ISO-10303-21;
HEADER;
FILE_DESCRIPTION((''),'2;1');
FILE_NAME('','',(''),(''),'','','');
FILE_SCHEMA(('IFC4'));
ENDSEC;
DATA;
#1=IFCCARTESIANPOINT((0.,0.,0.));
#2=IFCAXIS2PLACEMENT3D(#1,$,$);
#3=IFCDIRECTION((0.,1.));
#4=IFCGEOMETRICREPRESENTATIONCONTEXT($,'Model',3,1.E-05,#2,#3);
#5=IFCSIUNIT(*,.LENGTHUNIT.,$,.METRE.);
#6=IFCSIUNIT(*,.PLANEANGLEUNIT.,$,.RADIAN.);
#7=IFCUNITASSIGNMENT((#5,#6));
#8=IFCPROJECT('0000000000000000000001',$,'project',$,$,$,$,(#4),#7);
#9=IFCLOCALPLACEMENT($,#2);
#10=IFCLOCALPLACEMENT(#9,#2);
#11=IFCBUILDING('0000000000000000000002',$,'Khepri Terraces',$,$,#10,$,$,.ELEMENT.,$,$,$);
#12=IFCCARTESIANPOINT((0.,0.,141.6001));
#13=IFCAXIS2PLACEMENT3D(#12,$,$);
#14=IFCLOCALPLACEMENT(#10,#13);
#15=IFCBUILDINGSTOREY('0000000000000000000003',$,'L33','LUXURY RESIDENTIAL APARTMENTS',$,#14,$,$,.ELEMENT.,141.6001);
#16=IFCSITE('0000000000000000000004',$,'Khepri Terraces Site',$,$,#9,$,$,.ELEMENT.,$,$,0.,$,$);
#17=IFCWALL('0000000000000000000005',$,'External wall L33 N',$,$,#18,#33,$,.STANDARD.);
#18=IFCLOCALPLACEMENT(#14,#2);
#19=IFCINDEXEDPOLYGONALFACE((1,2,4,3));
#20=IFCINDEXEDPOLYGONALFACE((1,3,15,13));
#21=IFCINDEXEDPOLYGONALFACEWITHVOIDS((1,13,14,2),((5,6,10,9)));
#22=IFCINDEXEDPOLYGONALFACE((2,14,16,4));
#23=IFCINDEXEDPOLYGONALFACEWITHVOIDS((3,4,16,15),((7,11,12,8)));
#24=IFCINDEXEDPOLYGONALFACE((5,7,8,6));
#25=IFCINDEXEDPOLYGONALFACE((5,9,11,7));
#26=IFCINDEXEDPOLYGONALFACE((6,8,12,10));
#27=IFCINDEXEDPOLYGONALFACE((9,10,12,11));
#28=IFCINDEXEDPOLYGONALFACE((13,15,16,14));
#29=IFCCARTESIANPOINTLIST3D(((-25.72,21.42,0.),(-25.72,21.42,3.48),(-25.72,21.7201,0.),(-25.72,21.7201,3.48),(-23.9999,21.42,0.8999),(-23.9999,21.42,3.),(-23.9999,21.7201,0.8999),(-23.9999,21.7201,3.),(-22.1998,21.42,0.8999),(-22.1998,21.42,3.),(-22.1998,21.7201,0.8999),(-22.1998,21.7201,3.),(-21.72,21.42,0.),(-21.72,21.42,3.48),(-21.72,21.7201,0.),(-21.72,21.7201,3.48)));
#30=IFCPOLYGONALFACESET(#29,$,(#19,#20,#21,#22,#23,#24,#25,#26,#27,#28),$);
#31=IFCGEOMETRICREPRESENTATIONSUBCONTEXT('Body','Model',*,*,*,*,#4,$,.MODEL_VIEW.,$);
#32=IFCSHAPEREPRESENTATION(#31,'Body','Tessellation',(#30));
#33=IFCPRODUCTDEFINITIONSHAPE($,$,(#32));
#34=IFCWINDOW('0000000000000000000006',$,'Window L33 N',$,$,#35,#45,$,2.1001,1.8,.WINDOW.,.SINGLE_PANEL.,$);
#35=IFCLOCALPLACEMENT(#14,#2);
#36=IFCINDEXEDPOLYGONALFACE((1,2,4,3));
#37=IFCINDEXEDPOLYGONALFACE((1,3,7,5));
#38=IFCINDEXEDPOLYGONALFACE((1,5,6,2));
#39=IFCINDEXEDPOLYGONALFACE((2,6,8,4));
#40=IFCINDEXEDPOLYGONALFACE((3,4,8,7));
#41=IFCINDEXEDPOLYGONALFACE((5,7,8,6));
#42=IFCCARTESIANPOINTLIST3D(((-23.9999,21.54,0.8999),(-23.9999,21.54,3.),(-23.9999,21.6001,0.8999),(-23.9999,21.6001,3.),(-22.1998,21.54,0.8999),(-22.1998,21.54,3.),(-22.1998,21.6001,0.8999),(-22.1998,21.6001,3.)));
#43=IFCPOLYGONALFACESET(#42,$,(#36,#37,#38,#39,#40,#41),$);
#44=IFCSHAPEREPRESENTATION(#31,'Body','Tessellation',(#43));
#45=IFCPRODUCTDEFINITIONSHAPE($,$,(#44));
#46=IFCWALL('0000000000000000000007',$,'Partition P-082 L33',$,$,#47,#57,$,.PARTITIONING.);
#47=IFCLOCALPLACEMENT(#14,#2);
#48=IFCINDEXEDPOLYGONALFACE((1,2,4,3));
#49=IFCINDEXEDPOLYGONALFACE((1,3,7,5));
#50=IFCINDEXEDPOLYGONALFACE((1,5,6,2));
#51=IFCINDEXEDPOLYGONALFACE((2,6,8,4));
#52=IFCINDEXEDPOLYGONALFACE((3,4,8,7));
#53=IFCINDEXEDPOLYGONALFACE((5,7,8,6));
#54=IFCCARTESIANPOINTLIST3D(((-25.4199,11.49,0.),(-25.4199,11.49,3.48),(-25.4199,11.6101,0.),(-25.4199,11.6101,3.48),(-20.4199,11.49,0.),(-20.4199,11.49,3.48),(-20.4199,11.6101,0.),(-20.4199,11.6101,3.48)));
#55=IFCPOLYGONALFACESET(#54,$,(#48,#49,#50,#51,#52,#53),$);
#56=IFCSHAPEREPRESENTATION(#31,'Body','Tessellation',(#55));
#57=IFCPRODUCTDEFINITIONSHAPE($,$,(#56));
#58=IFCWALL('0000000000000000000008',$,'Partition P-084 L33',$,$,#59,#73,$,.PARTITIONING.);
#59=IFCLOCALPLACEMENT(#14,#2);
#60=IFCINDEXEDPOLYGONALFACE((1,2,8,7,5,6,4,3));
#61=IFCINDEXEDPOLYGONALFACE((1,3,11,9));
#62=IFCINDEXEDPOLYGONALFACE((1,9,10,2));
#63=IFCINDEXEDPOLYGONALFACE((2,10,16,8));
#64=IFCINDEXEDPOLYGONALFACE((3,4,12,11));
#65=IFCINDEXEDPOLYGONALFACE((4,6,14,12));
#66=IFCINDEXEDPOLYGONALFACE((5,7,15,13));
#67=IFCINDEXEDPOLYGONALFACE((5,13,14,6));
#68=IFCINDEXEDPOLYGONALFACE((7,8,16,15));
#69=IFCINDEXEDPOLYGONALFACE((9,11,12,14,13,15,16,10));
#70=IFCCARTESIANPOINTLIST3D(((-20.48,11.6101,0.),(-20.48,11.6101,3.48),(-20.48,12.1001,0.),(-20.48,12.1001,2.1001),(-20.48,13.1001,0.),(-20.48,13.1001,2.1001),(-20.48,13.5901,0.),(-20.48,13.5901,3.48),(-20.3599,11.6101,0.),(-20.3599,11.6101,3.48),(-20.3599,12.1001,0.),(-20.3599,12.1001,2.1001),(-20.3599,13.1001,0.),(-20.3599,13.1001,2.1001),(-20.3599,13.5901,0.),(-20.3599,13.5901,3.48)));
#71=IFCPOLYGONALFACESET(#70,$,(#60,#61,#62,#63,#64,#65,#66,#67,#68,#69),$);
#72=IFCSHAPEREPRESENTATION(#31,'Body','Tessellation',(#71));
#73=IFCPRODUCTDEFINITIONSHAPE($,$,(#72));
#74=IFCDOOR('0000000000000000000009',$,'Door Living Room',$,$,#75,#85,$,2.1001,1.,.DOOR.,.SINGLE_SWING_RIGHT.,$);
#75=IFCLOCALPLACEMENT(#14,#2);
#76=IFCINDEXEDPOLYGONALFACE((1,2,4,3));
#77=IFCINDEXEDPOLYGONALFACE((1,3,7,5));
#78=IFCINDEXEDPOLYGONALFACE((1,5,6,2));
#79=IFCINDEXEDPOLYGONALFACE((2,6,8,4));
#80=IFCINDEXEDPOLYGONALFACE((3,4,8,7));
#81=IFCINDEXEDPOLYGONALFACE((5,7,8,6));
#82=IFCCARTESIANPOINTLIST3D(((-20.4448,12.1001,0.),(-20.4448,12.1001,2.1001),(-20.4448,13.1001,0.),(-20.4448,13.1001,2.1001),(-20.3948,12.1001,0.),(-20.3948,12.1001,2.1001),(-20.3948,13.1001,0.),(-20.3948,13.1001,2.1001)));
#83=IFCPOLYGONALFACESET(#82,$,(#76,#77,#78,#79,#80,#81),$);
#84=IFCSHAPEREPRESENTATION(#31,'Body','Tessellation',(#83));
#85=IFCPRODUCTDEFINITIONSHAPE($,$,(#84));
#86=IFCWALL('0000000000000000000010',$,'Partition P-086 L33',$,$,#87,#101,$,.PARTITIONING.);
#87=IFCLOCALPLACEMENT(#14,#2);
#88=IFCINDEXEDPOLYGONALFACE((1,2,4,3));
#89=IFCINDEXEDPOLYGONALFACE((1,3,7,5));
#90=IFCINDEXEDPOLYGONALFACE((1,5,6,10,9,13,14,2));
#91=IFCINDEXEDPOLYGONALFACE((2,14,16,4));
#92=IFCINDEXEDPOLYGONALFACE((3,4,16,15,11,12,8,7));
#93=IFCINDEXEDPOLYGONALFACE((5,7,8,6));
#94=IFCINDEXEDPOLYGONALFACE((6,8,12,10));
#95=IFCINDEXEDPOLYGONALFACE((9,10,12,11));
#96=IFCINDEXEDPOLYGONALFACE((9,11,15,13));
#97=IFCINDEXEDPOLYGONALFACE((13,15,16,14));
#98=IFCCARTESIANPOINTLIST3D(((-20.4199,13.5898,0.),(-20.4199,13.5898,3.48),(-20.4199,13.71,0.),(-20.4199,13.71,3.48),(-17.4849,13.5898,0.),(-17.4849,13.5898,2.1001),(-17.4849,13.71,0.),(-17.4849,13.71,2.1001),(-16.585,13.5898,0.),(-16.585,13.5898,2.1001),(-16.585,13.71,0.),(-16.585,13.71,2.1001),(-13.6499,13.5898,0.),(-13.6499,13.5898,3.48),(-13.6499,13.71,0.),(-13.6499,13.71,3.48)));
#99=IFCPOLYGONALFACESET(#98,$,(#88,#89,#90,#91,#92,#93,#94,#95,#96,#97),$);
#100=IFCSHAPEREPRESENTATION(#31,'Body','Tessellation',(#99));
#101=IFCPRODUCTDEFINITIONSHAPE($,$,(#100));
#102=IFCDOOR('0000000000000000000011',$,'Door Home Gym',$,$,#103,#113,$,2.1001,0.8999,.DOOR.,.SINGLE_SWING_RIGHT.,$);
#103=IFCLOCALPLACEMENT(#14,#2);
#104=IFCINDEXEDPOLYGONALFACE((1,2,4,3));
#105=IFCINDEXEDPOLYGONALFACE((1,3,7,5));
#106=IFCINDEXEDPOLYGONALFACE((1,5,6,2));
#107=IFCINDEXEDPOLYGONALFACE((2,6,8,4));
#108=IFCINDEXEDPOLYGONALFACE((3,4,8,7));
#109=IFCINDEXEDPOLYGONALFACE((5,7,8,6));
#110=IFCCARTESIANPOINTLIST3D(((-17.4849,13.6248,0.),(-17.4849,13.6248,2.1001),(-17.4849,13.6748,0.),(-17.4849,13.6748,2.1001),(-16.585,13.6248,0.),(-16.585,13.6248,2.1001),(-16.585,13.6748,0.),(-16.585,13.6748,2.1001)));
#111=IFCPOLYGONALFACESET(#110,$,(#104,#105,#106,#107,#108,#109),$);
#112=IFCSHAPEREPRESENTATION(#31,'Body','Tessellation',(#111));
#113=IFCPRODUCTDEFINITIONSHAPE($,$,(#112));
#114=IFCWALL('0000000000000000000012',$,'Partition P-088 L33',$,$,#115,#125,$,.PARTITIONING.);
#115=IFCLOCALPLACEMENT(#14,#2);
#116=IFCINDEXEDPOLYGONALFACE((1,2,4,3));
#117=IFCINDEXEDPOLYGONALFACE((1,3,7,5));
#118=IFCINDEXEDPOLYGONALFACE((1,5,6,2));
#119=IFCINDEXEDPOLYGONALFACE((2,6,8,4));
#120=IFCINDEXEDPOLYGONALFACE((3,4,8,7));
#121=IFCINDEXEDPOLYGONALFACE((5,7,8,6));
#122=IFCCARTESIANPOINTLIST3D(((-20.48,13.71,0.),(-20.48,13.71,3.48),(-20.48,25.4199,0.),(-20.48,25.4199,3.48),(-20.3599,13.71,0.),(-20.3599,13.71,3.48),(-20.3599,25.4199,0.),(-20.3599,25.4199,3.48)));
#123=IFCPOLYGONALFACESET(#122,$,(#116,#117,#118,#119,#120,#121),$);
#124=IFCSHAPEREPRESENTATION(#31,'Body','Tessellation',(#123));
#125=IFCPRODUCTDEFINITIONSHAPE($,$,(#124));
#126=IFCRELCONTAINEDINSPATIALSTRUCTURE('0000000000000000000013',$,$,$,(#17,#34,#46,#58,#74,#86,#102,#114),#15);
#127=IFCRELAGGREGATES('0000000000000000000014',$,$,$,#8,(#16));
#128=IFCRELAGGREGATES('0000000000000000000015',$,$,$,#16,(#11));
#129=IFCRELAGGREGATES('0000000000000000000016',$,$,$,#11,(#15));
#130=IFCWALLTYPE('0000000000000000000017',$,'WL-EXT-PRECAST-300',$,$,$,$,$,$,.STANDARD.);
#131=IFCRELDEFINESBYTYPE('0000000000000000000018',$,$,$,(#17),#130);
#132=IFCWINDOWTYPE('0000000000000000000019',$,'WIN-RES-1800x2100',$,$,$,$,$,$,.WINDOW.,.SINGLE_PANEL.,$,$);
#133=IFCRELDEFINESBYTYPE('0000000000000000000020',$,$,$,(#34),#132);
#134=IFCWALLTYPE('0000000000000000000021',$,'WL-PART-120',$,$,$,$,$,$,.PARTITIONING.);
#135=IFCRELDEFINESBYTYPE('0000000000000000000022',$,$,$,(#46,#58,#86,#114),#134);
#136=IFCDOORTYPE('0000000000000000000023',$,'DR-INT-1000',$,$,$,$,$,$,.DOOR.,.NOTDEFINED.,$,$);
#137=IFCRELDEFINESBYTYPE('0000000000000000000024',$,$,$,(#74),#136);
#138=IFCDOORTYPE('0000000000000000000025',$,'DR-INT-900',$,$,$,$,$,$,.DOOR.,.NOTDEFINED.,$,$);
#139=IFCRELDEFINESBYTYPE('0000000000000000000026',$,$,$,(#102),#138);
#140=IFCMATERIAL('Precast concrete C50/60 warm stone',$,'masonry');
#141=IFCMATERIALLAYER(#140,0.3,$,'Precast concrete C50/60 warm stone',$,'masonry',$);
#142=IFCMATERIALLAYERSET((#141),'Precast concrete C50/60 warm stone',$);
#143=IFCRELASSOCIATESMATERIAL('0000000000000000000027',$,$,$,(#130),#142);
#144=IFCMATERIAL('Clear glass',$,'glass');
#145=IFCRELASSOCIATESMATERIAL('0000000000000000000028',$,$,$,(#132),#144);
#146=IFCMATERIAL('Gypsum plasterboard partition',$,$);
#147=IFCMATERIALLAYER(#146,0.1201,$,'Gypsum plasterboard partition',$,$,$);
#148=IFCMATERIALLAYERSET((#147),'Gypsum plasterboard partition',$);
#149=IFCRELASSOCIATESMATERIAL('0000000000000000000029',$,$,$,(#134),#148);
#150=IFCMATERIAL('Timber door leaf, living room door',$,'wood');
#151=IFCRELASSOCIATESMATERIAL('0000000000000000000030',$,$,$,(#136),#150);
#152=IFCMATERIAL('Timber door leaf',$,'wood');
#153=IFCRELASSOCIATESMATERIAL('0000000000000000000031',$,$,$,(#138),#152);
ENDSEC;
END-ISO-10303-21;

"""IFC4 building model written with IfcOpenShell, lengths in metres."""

from ifc_helpers import new_model, si_unit, direction, frame, frame_2d, origin, place, context, subcontext, project, spatial, rectangle, extrude, material, layer, layer_set, type_object, element, fill, save


model = new_model("IFC4")

# Units and contexts
model_context = context("Model", 3, precision=1e-05, world=origin(), true_north=direction((0.0, 1.0)))
body_context = subcontext(model_context, "Body", "Model", "MODEL_VIEW")
ifc_project = project(units=[si_unit("LENGTHUNIT", "METRE"), si_unit("PLANEANGLEUNIT", "RADIAN")], contexts=[model_context])

# Site, building, storey
site_placement = place(None, origin())
site = spatial("IfcSite", under=ifc_project, at=site_placement, Name="Khepri Terraces Site", CompositionType="ELEMENT", RefElevation=0.0)
building_placement = place(site_placement, origin())
building = spatial("IfcBuilding", under=site, at=building_placement, Name="Khepri Terraces", CompositionType="ELEMENT")
storey_placement = place(building_placement, frame((0.0, 0.0, 141.6001)))
storey = spatial("IfcBuildingStorey", under=building, at=storey_placement, Name="L33", Description="LUXURY RESIDENTIAL APARTMENTS", CompositionType="ELEMENT", Elevation=141.6001)

# Wall, opening, window
ifc_material_1 = material(Name="Precast concrete C50/60 warm stone", Category="masonry")
ifc_layer_1 = layer(ifc_material_1, 0.3, Name="Precast concrete C50/60 warm stone", Category="masonry")
ifc_layer_set_1 = layer_set([ifc_layer_1], Name="Precast concrete C50/60 warm stone")
wall_type_1 = type_object("IfcWallType", Name="WL-EXT-PRECAST-300", PredefinedType="STANDARD", material=ifc_layer_set_1)
ifc_material_2 = material(Name="Clear glass", Category="glass")
window_type = type_object("IfcWindowType", Name="WIN-RES-1800x2100", PartitioningType="SINGLE_PANEL", PredefinedType="WINDOW", material=ifc_material_2)
wall_1_placement = place(storey_placement, frame((-21.72, 21.5701, 0.0), z_axis=(0.0, 0.0, 1.0), x_axis=(-1.0, 0.0, 0.0)))
wall_1 = element("IfcWall", 1, at=wall_1_placement, inside=storey, type_object=wall_type_1, Name="External wall L33 N", PredefinedType="STANDARD", context=body_context, shape_type="SweptSolid", body=[
    extrude(rectangle(XDim=4.0, YDim=0.3, at=frame_2d((2.0, 0.0))), origin(), (0.0, 0.0, 1.0), 3.48),
])
opening_1_placement = place(wall_1_placement, frame((0.48, 0.0, 0.8999)))
opening_1 = element("IfcOpeningElement", 2, at=opening_1_placement, cuts=wall_1, PredefinedType="OPENING", context=body_context, shape_type="SweptSolid", body=[
    extrude(rectangle(XDim=1.8, YDim=2.1001, at=frame_2d((0.8999, 1.05))), frame((0.0, 0.1602, 0.0), z_axis=(0.0, -1.0, 0.0), x_axis=(1.0, 0.0, 0.0)), (0.0, 0.0, 1.0), 0.3201),
])
window_1_placement = place(opening_1_placement, origin())
window_1 = element("IfcWindow", 3, at=window_1_placement, inside=storey, type_object=window_type, Name="Window L33 N", OverallHeight=2.1001, OverallWidth=1.8, PartitioningType="SINGLE_PANEL", PredefinedType="WINDOW", context=body_context, shape_type="SweptSolid", body=[
    extrude(rectangle(XDim=1.8, YDim=2.1001, at=frame_2d((0.8999, 1.05))), frame((0.0, 0.03, 0.0), z_axis=(0.0, -1.0, 0.0), x_axis=(1.0, 0.0, 0.0)), (0.0, 0.0, 1.0), 0.0601),
])
fill(opening_1, window_1)

# Wall
ifc_material_3 = material(Name="Gypsum plasterboard partition")
ifc_layer_2 = layer(ifc_material_3, 0.1201, Name="Gypsum plasterboard partition")
ifc_layer_set_2 = layer_set([ifc_layer_2], Name="Gypsum plasterboard partition")
wall_type_2 = type_object("IfcWallType", Name="WL-PART-120", PredefinedType="PARTITIONING", material=ifc_layer_set_2)
wall_2_placement = place(storey_placement, frame((-25.4199, 11.55, 0.0), z_axis=(0.0, 0.0, 1.0), x_axis=(1.0, 0.0, 0.0)))
element("IfcWall", 4, at=wall_2_placement, inside=storey, type_object=wall_type_2, Name="Partition P-082 L33", PredefinedType="PARTITIONING", context=body_context, shape_type="SweptSolid", body=[
    extrude(rectangle(XDim=5.0, YDim=0.1201, at=frame_2d((2.5, 0.0))), origin(), (0.0, 0.0, 1.0), 3.48),
])

# Walls, openings, doors
wall_3_placement = place(storey_placement, frame((-20.4199, 11.6101, 0.0), z_axis=(0.0, 0.0, 1.0), x_axis=(0.0, 1.0, 0.0)))
wall_3 = element("IfcWall", 5, at=wall_3_placement, inside=storey, type_object=wall_type_2, Name="Partition P-084 L33", PredefinedType="PARTITIONING", context=body_context, shape_type="SweptSolid", body=[
    extrude(rectangle(XDim=1.98, YDim=0.1201, at=frame_2d((0.99, 0.0))), origin(), (0.0, 0.0, 1.0), 3.48),
])
opening_2_placement = place(wall_3_placement, frame((0.49, 0.0, 0.0)))
opening_2 = element("IfcOpeningElement", 6, at=opening_2_placement, cuts=wall_3, PredefinedType="OPENING", context=body_context, shape_type="SweptSolid", body=[
    extrude(rectangle(XDim=1.0, YDim=2.1001, at=frame_2d((0.5, 1.05))), frame((0.0, 0.0701, 0.0), z_axis=(0.0, -1.0, 0.0), x_axis=(1.0, 0.0, 0.0)), (0.0, 0.0, 1.0), 0.1401),
])
ifc_material_4 = material(Name="Timber door leaf, living room door", Category="wood")
door_type_1 = type_object("IfcDoorType", Name="DR-INT-1000", OperationType="NOTDEFINED", PredefinedType="DOOR", material=ifc_material_4)
door_1_placement = place(opening_2_placement, origin())
door_1 = element("IfcDoor", 7, at=door_1_placement, inside=storey, type_object=door_type_1, Name="Door Living Room", OperationType="SINGLE_SWING_RIGHT", OverallHeight=2.1001, OverallWidth=1.0, PredefinedType="DOOR", context=body_context, shape_type="SweptSolid", body=[
    extrude(rectangle(XDim=1.0, YDim=2.1001, at=frame_2d((0.5, 1.05))), frame((0.0, 0.0249, 0.0), z_axis=(0.0, -1.0, 0.0), x_axis=(1.0, 0.0, 0.0)), (0.0, 0.0, 1.0), 0.05),
])
fill(opening_2, door_1)
wall_4_placement = place(storey_placement, frame((-20.4199, 13.6499, 0.0), z_axis=(0.0, 0.0, 1.0), x_axis=(1.0, 0.0, 0.0)))
wall_4 = element("IfcWall", 8, at=wall_4_placement, inside=storey, type_object=wall_type_2, Name="Partition P-086 L33", PredefinedType="PARTITIONING", context=body_context, shape_type="SweptSolid", body=[
    extrude(rectangle(XDim=6.77, YDim=0.1201, at=frame_2d((3.385, 0.0))), origin(), (0.0, 0.0, 1.0), 3.48),
])
opening_3_placement = place(wall_4_placement, frame((2.9351, 0.0, 0.0)))
opening_3 = element("IfcOpeningElement", 9, at=opening_3_placement, cuts=wall_4, PredefinedType="OPENING", context=body_context, shape_type="SweptSolid", body=[
    extrude(rectangle(XDim=0.8999, YDim=2.1001, at=frame_2d((0.45, 1.05))), frame((0.0, 0.0701, 0.0), z_axis=(0.0, -1.0, 0.0), x_axis=(1.0, 0.0, 0.0)), (0.0, 0.0, 1.0), 0.1401),
])
ifc_material_5 = material(Name="Timber door leaf", Category="wood")
door_type_2 = type_object("IfcDoorType", Name="DR-INT-900", OperationType="NOTDEFINED", PredefinedType="DOOR", material=ifc_material_5)
door_2_placement = place(opening_3_placement, origin())
door_2 = element("IfcDoor", 10, at=door_2_placement, inside=storey, type_object=door_type_2, Name="Door Home Gym", OperationType="SINGLE_SWING_RIGHT", OverallHeight=2.1001, OverallWidth=0.8999, PredefinedType="DOOR", context=body_context, shape_type="SweptSolid", body=[
    extrude(rectangle(XDim=0.8999, YDim=2.1001, at=frame_2d((0.45, 1.05))), frame((0.0, 0.0249, 0.0), z_axis=(0.0, -1.0, 0.0), x_axis=(1.0, 0.0, 0.0)), (0.0, 0.0, 1.0), 0.05),
])
fill(opening_3, door_2)

# Wall
wall_5_placement = place(storey_placement, frame((-20.4199, 13.71, 0.0), z_axis=(0.0, 0.0, 1.0), x_axis=(0.0, 1.0, 0.0)))
element("IfcWall", 11, at=wall_5_placement, inside=storey, type_object=wall_type_2, Name="Partition P-088 L33", PredefinedType="PARTITIONING", context=body_context, shape_type="SweptSolid", body=[
    extrude(rectangle(XDim=11.71, YDim=0.1201, at=frame_2d((5.855, 0.0))), origin(), (0.0, 0.0, 1.0), 3.48),
])

save(model, "model.ifc")
